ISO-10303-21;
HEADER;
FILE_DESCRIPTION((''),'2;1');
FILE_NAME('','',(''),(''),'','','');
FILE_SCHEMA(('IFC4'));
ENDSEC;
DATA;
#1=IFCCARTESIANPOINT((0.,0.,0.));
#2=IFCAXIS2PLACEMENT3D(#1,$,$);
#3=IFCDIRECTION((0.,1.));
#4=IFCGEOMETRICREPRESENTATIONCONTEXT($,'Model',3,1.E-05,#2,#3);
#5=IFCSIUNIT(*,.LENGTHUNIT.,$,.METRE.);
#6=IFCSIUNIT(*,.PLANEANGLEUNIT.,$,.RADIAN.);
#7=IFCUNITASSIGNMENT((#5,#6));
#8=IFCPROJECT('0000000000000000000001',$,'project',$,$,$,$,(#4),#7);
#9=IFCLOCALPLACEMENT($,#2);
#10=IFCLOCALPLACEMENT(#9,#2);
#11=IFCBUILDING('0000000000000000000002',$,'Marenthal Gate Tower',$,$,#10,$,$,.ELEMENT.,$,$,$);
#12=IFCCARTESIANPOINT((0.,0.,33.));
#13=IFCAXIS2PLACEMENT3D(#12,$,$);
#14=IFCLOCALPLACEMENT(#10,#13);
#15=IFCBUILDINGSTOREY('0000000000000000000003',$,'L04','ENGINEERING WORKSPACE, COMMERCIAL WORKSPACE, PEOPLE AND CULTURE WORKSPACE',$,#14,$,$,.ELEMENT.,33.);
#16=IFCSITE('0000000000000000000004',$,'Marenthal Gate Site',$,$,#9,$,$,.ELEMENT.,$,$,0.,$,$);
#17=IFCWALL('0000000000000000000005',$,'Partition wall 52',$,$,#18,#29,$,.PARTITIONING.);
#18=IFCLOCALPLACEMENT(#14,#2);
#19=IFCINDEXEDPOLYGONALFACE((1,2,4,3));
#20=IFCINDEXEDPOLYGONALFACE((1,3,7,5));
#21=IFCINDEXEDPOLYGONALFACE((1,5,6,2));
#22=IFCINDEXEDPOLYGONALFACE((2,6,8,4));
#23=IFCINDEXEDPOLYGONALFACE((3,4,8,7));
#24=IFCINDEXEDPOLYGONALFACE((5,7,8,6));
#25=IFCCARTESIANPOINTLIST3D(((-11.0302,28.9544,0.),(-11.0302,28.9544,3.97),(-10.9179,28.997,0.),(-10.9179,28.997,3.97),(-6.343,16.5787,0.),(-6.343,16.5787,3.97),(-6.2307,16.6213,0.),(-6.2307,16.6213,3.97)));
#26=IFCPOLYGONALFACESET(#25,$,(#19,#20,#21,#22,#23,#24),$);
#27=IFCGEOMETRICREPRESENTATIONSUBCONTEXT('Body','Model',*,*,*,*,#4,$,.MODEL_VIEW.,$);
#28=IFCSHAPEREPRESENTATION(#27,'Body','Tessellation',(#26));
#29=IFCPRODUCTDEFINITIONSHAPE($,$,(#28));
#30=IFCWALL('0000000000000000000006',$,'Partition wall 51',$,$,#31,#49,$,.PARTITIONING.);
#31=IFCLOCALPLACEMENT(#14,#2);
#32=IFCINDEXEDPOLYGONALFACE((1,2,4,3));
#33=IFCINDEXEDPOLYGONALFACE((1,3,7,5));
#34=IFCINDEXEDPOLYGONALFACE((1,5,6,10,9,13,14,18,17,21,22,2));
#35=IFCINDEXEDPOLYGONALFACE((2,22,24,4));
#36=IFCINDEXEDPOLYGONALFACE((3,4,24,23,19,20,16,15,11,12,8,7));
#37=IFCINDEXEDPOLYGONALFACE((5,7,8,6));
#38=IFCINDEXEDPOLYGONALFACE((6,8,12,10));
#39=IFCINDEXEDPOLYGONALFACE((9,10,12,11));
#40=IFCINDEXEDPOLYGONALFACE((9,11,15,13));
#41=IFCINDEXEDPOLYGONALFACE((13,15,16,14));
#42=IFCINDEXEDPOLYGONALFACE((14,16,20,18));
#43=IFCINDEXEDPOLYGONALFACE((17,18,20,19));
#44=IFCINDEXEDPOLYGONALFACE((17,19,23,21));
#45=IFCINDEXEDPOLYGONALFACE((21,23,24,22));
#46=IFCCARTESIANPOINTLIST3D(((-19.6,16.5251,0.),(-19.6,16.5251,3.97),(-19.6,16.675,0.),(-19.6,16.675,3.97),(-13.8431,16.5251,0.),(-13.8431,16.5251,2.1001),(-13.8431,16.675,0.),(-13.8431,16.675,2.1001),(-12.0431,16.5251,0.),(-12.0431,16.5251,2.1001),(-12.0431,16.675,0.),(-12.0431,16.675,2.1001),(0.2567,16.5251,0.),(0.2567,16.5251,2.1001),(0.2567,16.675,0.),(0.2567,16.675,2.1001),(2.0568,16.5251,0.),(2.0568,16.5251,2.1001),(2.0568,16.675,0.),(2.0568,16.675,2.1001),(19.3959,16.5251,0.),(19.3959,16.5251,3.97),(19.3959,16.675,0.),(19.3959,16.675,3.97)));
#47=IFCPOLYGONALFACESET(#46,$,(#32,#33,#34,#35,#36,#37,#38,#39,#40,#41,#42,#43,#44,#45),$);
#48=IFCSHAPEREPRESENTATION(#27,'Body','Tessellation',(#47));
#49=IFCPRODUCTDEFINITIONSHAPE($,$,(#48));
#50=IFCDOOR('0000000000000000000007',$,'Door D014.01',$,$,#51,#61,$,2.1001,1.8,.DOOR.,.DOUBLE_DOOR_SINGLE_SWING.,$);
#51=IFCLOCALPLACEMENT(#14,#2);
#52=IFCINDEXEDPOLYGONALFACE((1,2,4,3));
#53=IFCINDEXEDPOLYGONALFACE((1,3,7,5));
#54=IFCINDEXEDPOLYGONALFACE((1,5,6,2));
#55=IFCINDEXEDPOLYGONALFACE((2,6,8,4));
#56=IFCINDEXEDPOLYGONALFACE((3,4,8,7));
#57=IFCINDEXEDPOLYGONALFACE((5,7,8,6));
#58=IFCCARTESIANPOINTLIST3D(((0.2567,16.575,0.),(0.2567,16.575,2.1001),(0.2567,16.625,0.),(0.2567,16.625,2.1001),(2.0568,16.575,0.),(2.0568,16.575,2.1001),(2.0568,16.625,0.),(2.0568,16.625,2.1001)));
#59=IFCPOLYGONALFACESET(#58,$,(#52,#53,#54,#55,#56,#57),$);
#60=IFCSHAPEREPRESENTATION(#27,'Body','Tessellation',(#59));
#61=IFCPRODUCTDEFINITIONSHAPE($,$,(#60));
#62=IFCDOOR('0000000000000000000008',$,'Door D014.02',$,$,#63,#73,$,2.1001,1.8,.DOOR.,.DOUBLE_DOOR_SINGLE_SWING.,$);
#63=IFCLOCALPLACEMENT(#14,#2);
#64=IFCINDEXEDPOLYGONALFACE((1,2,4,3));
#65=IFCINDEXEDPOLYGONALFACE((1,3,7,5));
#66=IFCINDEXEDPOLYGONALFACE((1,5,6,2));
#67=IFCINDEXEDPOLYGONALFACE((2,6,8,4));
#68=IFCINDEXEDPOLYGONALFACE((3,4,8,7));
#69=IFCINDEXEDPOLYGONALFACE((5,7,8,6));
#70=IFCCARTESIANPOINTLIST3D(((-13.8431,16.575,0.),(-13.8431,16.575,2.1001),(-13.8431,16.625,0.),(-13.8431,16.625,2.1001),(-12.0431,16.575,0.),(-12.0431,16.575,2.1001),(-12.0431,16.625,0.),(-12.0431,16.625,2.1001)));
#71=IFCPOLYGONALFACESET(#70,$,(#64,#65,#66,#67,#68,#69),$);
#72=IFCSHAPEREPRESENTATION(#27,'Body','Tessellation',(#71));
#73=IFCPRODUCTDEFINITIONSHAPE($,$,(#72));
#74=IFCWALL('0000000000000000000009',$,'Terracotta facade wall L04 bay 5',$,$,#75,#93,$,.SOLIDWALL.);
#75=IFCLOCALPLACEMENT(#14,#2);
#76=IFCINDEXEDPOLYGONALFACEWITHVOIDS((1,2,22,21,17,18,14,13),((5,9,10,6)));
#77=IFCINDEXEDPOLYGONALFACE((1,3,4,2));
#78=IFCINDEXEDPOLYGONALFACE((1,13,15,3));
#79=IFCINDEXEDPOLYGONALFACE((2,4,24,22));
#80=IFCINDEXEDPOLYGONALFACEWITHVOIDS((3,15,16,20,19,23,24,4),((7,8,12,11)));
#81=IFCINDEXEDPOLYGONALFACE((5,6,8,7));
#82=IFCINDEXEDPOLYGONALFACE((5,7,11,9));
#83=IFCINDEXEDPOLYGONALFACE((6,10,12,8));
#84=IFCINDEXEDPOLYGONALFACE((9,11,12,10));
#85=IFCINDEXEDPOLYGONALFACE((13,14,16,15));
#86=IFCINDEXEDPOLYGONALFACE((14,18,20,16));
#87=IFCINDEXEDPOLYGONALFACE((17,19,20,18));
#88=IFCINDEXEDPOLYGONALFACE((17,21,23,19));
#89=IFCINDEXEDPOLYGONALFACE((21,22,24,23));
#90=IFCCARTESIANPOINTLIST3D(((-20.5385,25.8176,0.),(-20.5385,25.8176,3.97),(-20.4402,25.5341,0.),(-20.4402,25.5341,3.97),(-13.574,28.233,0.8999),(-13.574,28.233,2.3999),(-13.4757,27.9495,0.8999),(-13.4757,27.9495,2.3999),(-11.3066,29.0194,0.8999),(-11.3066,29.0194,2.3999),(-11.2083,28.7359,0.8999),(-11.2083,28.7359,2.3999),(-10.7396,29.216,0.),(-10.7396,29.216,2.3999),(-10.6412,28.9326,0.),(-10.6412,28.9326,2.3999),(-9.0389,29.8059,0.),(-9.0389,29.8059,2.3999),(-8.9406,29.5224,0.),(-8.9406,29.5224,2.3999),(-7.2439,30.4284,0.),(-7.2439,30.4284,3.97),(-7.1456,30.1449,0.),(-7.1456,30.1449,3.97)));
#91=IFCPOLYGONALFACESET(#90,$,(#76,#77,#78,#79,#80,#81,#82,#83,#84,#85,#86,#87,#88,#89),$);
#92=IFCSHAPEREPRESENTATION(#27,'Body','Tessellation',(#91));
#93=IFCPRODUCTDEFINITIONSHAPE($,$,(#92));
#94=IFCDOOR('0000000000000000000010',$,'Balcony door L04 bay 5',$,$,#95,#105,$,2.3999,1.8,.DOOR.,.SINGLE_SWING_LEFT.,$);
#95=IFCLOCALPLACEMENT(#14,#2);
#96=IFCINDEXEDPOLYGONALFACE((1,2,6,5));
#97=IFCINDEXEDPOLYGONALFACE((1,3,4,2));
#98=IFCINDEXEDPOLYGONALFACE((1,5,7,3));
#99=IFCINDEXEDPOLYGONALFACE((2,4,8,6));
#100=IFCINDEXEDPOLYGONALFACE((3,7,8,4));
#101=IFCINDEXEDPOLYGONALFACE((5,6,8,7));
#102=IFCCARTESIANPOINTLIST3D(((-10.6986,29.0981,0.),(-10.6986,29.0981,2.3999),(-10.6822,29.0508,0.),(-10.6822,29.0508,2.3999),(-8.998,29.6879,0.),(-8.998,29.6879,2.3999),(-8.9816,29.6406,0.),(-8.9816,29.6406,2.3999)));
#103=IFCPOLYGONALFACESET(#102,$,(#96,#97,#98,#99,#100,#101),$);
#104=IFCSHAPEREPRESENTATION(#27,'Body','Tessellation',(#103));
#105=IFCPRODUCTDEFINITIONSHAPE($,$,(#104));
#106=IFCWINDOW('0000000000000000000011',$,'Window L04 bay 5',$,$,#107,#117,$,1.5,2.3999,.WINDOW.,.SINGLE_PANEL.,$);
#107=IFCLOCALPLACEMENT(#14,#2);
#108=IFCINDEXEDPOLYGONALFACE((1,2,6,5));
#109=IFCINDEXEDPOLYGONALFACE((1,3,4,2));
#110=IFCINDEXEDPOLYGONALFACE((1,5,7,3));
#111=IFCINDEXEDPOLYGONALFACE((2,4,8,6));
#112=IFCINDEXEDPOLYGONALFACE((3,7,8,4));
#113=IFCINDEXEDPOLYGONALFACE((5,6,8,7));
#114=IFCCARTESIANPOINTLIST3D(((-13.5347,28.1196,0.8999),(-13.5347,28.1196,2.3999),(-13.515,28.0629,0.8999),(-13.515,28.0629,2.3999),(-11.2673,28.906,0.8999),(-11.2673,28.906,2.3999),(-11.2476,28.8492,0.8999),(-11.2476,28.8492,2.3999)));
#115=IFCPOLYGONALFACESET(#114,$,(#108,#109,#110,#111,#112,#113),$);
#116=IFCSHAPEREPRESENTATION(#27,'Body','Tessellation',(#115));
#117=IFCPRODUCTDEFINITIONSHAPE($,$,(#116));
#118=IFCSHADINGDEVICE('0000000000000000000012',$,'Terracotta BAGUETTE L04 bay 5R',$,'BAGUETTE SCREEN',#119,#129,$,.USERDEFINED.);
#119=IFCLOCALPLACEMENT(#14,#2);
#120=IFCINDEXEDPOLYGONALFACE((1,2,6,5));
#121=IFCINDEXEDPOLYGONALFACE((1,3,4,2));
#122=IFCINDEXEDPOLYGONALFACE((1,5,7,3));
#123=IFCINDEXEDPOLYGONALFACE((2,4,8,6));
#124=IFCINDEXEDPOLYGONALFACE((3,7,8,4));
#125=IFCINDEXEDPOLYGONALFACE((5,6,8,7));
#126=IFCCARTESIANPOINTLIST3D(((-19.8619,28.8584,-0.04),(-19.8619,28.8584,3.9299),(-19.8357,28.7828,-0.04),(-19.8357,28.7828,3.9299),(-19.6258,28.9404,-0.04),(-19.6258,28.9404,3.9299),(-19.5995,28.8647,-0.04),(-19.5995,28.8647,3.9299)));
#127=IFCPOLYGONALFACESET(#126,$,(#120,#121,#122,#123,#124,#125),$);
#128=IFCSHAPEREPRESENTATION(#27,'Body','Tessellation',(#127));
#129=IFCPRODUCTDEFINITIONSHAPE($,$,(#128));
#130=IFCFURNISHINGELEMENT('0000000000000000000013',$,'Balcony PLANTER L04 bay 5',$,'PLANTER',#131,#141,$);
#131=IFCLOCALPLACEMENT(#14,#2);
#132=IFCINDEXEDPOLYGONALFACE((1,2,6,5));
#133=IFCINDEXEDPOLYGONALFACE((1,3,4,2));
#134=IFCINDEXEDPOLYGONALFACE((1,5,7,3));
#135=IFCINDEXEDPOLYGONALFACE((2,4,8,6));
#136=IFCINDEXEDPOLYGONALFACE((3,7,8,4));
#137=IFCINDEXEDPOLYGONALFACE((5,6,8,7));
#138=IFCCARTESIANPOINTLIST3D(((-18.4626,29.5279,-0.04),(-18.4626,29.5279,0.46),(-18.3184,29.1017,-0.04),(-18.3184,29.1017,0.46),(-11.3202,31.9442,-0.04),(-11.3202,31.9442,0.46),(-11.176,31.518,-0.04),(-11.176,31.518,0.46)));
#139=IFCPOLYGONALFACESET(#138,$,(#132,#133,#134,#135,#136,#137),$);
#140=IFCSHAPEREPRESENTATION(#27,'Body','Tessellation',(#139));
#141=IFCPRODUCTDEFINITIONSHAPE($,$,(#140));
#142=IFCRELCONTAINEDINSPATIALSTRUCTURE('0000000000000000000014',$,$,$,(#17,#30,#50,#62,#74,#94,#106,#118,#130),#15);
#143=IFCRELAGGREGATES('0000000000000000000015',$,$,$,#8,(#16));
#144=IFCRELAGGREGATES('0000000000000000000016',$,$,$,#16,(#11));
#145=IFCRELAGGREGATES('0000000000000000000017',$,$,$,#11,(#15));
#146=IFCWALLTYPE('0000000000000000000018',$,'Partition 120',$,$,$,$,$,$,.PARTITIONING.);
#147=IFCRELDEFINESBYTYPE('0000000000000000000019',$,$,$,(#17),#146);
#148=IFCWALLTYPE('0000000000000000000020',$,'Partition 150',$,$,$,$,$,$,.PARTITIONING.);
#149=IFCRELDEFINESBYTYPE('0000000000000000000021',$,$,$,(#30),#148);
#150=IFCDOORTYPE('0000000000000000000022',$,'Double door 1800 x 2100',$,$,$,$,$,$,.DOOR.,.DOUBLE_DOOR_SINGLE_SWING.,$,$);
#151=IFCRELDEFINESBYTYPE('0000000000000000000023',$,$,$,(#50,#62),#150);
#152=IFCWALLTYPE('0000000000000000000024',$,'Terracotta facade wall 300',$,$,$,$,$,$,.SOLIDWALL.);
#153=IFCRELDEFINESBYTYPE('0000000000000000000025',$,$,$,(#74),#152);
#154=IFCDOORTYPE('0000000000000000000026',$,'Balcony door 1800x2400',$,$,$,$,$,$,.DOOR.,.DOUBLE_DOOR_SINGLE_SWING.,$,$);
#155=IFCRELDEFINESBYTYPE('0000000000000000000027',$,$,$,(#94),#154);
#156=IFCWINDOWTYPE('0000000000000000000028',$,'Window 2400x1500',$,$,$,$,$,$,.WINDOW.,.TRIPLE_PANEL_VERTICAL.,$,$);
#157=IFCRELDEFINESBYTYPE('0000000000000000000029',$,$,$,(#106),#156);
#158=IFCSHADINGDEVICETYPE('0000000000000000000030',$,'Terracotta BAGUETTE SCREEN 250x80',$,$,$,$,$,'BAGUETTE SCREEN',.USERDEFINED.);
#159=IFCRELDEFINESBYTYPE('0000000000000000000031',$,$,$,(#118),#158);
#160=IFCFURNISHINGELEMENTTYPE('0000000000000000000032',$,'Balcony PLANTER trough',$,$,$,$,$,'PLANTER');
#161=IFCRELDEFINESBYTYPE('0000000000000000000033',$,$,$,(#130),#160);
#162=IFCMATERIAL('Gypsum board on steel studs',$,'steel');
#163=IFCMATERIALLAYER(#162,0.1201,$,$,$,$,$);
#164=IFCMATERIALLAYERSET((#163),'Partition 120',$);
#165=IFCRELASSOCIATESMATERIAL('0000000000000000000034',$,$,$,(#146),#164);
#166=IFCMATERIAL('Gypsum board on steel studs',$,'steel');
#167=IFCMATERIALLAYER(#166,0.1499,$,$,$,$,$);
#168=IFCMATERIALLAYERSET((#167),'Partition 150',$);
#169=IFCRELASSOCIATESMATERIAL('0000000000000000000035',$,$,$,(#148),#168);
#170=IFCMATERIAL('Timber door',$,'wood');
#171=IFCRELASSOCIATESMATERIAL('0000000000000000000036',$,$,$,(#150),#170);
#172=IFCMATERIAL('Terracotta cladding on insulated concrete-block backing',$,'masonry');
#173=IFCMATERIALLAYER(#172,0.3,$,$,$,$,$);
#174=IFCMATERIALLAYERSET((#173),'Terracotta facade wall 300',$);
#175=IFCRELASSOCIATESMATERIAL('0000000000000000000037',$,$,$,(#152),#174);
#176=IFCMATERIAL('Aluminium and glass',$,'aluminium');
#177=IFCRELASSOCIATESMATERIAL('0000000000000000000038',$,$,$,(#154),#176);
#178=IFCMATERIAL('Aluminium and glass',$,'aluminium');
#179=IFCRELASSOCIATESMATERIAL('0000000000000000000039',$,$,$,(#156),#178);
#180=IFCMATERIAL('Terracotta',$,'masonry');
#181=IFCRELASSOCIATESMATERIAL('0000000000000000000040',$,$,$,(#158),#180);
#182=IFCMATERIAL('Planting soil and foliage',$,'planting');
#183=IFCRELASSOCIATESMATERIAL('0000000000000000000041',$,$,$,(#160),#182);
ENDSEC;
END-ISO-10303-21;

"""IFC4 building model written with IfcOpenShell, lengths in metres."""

from ifc_helpers import new_model, si_unit, direction, frame, frame_2d, origin, origin_2d, place, context, subcontext, project, spatial, rectangle, extrude, material, layer, layer_set, material_profile, profile_set, type_object, element, fill, save


model = new_model("IFC4")

# Units and contexts
model_context = context("Model", 3, precision=1e-05, world=origin(), true_north=direction((0.0, 1.0)))
body_context = subcontext(model_context, "Body", "Model", "MODEL_VIEW")
ifc_project = project(units=[si_unit("LENGTHUNIT", "METRE"), si_unit("PLANEANGLEUNIT", "RADIAN")], contexts=[model_context])

# Site, building, storey
site_placement = place(None, origin())
site = spatial("IfcSite", under=ifc_project, at=site_placement, Name="Marenthal Gate Site", CompositionType="ELEMENT", RefElevation=0.0)
building_placement = place(site_placement, origin())
building = spatial("IfcBuilding", under=site, at=building_placement, Name="Marenthal Gate Tower", CompositionType="ELEMENT")
storey_placement = place(building_placement, frame((0.0, 0.0, 33.0)))
storey = spatial("IfcBuildingStorey", under=building, at=storey_placement, Name="L04", Description="ENGINEERING WORKSPACE, COMMERCIAL WORKSPACE, PEOPLE AND CULTURE WORKSPACE", CompositionType="ELEMENT", Elevation=33.0)

# Wall
ifc_material_1 = material(Name="Gypsum board on steel studs", Category="steel")
ifc_layer_1 = layer(ifc_material_1, 0.1201)
ifc_layer_set_1 = layer_set([ifc_layer_1], Name="Partition 120")
wall_type_1 = type_object("IfcWallType", Name="Partition 120", PredefinedType="PARTITIONING", material=ifc_layer_set_1)
wall_1_placement = place(storey_placement, frame((-6.2869, 16.6001, 0.0), z_axis=(0.0, 0.0, 1.0), x_axis=(-0.354193, 0.935173, 0.0)))
element("IfcWall", 1, at=wall_1_placement, inside=storey, type_object=wall_type_1, Name="Partition wall 52", PredefinedType="PARTITIONING", context=body_context, shape_type="SweptSolid", body=[
    extrude(rectangle(XDim=13.2336, YDim=0.1201, at=frame_2d((6.6167, 0.0))), origin(), (0.0, 0.0, 1.0), 3.97),
])

# Wall, openings, doors
ifc_material_2 = material(Name="Gypsum board on steel studs", Category="steel")
ifc_layer_2 = layer(ifc_material_2, 0.1499)
ifc_layer_set_2 = layer_set([ifc_layer_2], Name="Partition 150")
wall_type_2 = type_object("IfcWallType", Name="Partition 150", PredefinedType="PARTITIONING", material=ifc_layer_set_2)
wall_2_placement = place(storey_placement, frame((-19.6001, 16.6001, 0.0), z_axis=(0.0, 0.0, 1.0), x_axis=(1.0, 0.0, 0.0)))
wall_2 = element("IfcWall", 2, at=wall_2_placement, inside=storey, type_object=wall_type_2, Name="Partition wall 51", PredefinedType="PARTITIONING", context=body_context, shape_type="SweptSolid", body=[
    extrude(rectangle(XDim=38.9958, YDim=0.1499, at=frame_2d((19.498, 0.0))), origin(), (0.0, 0.0, 1.0), 3.97),
])
opening_1_placement = place(wall_2_placement, frame((19.8569, 0.0, 0.0)))
opening_1 = element("IfcOpeningElement", 3, at=opening_1_placement, cuts=wall_2, PredefinedType="OPENING", context=body_context, shape_type="SweptSolid", body=[
    extrude(rectangle(XDim=1.8, YDim=2.1001, at=frame_2d((0.8999, 1.05))), frame((0.0, 0.085, 0.0), z_axis=(0.0, -1.0, 0.0), x_axis=(1.0, 0.0, 0.0)), (0.0, 0.0, 1.0), 0.1699),
])
opening_2_placement = place(wall_2_placement, frame((5.7571, 0.0, 0.0)))
opening_2 = element("IfcOpeningElement", 4, at=opening_2_placement, cuts=wall_2, PredefinedType="OPENING", context=body_context, shape_type="SweptSolid", body=[
    extrude(rectangle(XDim=1.8, YDim=2.1001, at=frame_2d((0.8999, 1.05))), frame((0.0, 0.085, 0.0), z_axis=(0.0, -1.0, 0.0), x_axis=(1.0, 0.0, 0.0)), (0.0, 0.0, 1.0), 0.1699),
])
ifc_material_3 = material(Name="Timber door", Category="wood")
door_type_1 = type_object("IfcDoorType", Name="Double door 1800 x 2100", OperationType="DOUBLE_DOOR_SINGLE_SWING", PredefinedType="DOOR", material=ifc_material_3)
door_1_placement = place(opening_1_placement, origin())
door_1 = element("IfcDoor", 5, at=door_1_placement, inside=storey, type_object=door_type_1, Name="Door D014.01", OperationType="DOUBLE_DOOR_SINGLE_SWING", OverallHeight=2.1001, OverallWidth=1.8, PredefinedType="DOOR", context=body_context, shape_type="SweptSolid", body=[
    extrude(rectangle(XDim=1.8, YDim=2.1001, at=frame_2d((0.8999, 1.05))), frame((0.0, 0.0249, 0.0), z_axis=(0.0, -1.0, 0.0), x_axis=(1.0, 0.0, 0.0)), (0.0, 0.0, 1.0), 0.05),
])
fill(opening_1, door_1)
door_2_placement = place(opening_2_placement, origin())
door_2 = element("IfcDoor", 6, at=door_2_placement, inside=storey, type_object=door_type_1, Name="Door D014.02", OperationType="DOUBLE_DOOR_SINGLE_SWING", OverallHeight=2.1001, OverallWidth=1.8, PredefinedType="DOOR", context=body_context, shape_type="SweptSolid", body=[
    extrude(rectangle(XDim=1.8, YDim=2.1001, at=frame_2d((0.8999, 1.05))), frame((0.0, 0.0249, 0.0), z_axis=(0.0, -1.0, 0.0), x_axis=(1.0, 0.0, 0.0)), (0.0, 0.0, 1.0), 0.05),
])
fill(opening_2, door_2)

# Wall, openings, door, window
ifc_material_4 = material(Name="Terracotta cladding on insulated concrete-block backing", Category="masonry")
ifc_layer_3 = layer(ifc_material_4, 0.3)
ifc_layer_set_3 = layer_set([ifc_layer_3], Name="Terracotta facade wall 300")
wall_type_3 = type_object("IfcWallType", Name="Terracotta facade wall 300", PredefinedType="SOLIDWALL", material=ifc_layer_set_3)
wall_3_placement = place(storey_placement, frame((-7.1948, 30.2866, 0.0), z_axis=(0.0, 0.0, 1.0), x_axis=(-0.944792, -0.327671, 0.0)))
wall_3 = element("IfcWall", 7, at=wall_3_placement, inside=storey, type_object=wall_type_3, Name="Terracotta facade wall L04 bay 5", PredefinedType="SOLIDWALL", context=body_context, shape_type="SweptSolid", body=[
    extrude(rectangle(XDim=14.0715, YDim=0.3, at=frame_2d((7.0356, 0.0))), origin(), (0.0, 0.0, 1.0), 3.97),
])
opening_3_placement = place(wall_3_placement, frame((1.8999, 0.0, 0.0)))
opening_3 = element("IfcOpeningElement", 8, at=opening_3_placement, cuts=wall_3, PredefinedType="OPENING", context=body_context, shape_type="SweptSolid", body=[
    extrude(rectangle(XDim=1.8, YDim=2.3999, at=frame_2d((0.8999, 1.2))), frame((0.0, 0.1602, 0.0), z_axis=(0.0, -1.0, 0.0), x_axis=(1.0, 0.0, 0.0)), (0.0, 0.0, 1.0), 0.3201),
])
opening_4_placement = place(wall_3_placement, frame((4.3, 0.0, 0.8999)))
opening_4 = element("IfcOpeningElement", 9, at=opening_4_placement, cuts=wall_3, PredefinedType="OPENING", context=body_context, shape_type="SweptSolid", body=[
    extrude(rectangle(XDim=2.3999, YDim=1.5, at=frame_2d((1.2, 0.75))), frame((0.0, 0.1602, 0.0), z_axis=(0.0, -1.0, 0.0), x_axis=(1.0, 0.0, 0.0)), (0.0, 0.0, 1.0), 0.3201),
])
ifc_material_5 = material(Name="Aluminium and glass", Category="aluminium")
door_type_2 = type_object("IfcDoorType", Name="Balcony door 1800x2400", OperationType="DOUBLE_DOOR_SINGLE_SWING", PredefinedType="DOOR", material=ifc_material_5)
door_3_placement = place(opening_3_placement, origin())
door_3 = element("IfcDoor", 10, at=door_3_placement, inside=storey, type_object=door_type_2, Name="Balcony door L04 bay 5", OperationType="SINGLE_SWING_LEFT", OverallHeight=2.3999, OverallWidth=1.8, PredefinedType="DOOR", context=body_context, shape_type="SweptSolid", body=[
    extrude(rectangle(XDim=1.8, YDim=2.3999, at=frame_2d((0.8999, 1.2))), frame((0.0, 0.0249, 0.0), z_axis=(0.0, -1.0, 0.0), x_axis=(1.0, 0.0, 0.0)), (0.0, 0.0, 1.0), 0.05),
])
fill(opening_3, door_3)
ifc_material_6 = material(Name="Aluminium and glass", Category="aluminium")
window_type = type_object("IfcWindowType", Name="Window 2400x1500", PartitioningType="TRIPLE_PANEL_VERTICAL", PredefinedType="WINDOW", material=ifc_material_6)
window_placement = place(opening_4_placement, origin())
window = element("IfcWindow", 11, at=window_placement, inside=storey, type_object=window_type, Name="Window L04 bay 5", OverallHeight=1.5, OverallWidth=2.3999, PartitioningType="SINGLE_PANEL", PredefinedType="WINDOW", context=body_context, shape_type="SweptSolid", body=[
    extrude(rectangle(XDim=2.3999, YDim=1.5, at=frame_2d((1.2, 0.75))), frame((0.0, 0.03, 0.0), z_axis=(0.0, -1.0, 0.0), x_axis=(1.0, 0.0, 0.0)), (0.0, 0.0, 1.0), 0.0601),
])
fill(opening_4, window)

# Shading device
ifc_material_7 = material(Name="Terracotta", Category="masonry")
ifc_material_profile_1 = material_profile(ifc_material_7, rectangle(XDim=0.25, YDim=0.0801, at=origin_2d()), Name="Terracotta baguette 250x80")
ifc_profile_set_1 = profile_set([ifc_material_profile_1], Name="Terracotta")
shading_device_type = type_object("IfcShadingDeviceType", Name="Terracotta BAGUETTE SCREEN 250x80", ElementType="BAGUETTE SCREEN", PredefinedType="USERDEFINED", material=ifc_profile_set_1)
shading_device_placement = place(storey_placement, frame((-19.7307, 28.8616, -0.04), z_axis=(0.0, 0.0, 1.0), x_axis=(-0.944708, -0.327912, 0.0)))
element("IfcShadingDevice", 12, at=shading_device_placement, inside=storey, type_object=shading_device_type, Name="Terracotta BAGUETTE L04 bay 5R", ObjectType="BAGUETTE SCREEN", PredefinedType="USERDEFINED", context=body_context, shape_type="SweptSolid", body=[
    extrude(rectangle(XDim=0.25, YDim=0.0801, at=origin_2d()), origin(), (0.0, 0.0, 1.0), 3.97),
])

# Furnishing element
ifc_material_8 = material(Name="Planting soil and foliage", Category="planting")
furnishing_element_type = type_object("IfcFurnishingElementType", Name="Balcony PLANTER trough", ElementType="PLANTER", material=ifc_material_8)
furnishing_placement = place(storey_placement, frame((-14.8193, 30.5229, -0.04), z_axis=(0.0, 0.0, 1.0), x_axis=(-0.947263, -0.320458, 0.0)))
element("IfcFurnishingElement", 13, at=furnishing_placement, inside=storey, type_object=furnishing_element_type, Name="Balcony PLANTER L04 bay 5", ObjectType="PLANTER", context=body_context, shape_type="SweptSolid", body=[
    extrude(rectangle(XDim=7.54, YDim=0.45, at=origin_2d()), origin(), (0.0, 0.0, 1.0), 0.5),
])

save(model, "model.ifc")
